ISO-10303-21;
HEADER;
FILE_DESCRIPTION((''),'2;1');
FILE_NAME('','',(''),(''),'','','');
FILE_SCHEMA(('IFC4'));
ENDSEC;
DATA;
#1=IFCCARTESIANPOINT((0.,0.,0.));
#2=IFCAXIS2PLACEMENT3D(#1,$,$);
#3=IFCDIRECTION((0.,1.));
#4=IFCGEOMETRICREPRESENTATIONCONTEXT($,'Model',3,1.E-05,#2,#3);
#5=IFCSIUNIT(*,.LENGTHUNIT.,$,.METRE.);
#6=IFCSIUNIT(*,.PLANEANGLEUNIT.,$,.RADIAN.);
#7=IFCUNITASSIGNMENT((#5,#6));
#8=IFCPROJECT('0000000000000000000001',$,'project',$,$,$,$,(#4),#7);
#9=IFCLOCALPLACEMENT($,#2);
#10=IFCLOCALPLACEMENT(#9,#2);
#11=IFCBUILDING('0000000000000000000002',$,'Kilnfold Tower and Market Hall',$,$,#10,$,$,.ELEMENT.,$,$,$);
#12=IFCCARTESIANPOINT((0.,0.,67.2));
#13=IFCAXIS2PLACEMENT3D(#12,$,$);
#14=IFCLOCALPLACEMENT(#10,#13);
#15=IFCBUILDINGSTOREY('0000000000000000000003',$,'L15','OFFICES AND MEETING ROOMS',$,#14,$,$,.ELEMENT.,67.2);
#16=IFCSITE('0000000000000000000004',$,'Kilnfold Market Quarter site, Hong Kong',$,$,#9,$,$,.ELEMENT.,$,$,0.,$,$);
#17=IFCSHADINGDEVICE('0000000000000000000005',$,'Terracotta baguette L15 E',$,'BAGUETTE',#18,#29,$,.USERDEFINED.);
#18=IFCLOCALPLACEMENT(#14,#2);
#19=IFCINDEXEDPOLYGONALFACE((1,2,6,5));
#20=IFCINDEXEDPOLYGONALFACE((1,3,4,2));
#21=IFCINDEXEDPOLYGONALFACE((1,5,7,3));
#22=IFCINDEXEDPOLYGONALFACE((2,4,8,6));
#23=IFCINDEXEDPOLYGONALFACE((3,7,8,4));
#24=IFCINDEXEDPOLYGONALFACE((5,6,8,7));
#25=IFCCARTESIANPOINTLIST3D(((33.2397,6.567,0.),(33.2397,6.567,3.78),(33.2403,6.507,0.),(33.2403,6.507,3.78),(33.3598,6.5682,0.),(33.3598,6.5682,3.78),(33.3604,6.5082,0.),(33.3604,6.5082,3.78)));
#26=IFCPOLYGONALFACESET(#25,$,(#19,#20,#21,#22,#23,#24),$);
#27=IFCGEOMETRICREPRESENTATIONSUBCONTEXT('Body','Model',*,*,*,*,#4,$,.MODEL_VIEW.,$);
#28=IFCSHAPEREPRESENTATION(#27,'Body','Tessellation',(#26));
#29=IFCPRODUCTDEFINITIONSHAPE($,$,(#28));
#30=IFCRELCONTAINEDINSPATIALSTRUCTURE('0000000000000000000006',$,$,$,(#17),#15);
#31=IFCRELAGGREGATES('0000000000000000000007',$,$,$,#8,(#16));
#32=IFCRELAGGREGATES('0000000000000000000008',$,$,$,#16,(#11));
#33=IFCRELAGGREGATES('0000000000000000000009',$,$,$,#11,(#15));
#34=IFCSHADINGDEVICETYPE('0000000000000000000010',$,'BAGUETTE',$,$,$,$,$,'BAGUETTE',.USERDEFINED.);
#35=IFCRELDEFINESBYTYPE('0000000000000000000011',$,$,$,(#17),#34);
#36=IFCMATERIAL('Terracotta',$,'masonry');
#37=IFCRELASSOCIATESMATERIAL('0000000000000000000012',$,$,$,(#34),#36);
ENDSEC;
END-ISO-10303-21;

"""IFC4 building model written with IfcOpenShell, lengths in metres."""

from ifc_helpers import new_model, si_unit, direction, frame, origin, origin_2d, place, context, subcontext, project, spatial, rectangle, extrude, source, transform, mapped, material, material_profile, profile_set, type_object, element, save


model = new_model("IFC4")

# Units and contexts
model_context = context("Model", 3, precision=1e-05, world=origin(), true_north=direction((0.0, 1.0)))
body_context = subcontext(model_context, "Body", "Model", "MODEL_VIEW")
ifc_project = project(units=[si_unit("LENGTHUNIT", "METRE"), si_unit("PLANEANGLEUNIT", "RADIAN")], contexts=[model_context])

# Site, building, storey
site_placement = place(None, origin())
site = spatial("IfcSite", under=ifc_project, at=site_placement, Name="Kilnfold Market Quarter site, Hong Kong", CompositionType="ELEMENT", RefElevation=0.0)
building_placement = place(site_placement, origin())
building = spatial("IfcBuilding", under=site, at=building_placement, Name="Kilnfold Tower and Market Hall", CompositionType="ELEMENT")
storey_placement = place(building_placement, frame((0.0, 0.0, 67.2)))
storey = spatial("IfcBuildingStorey", under=building, at=storey_placement, Name="L15", Description="OFFICES AND MEETING ROOMS", CompositionType="ELEMENT", Elevation=67.2)

# Shading device
ifc_material_1 = material(Name="Terracotta", Category="masonry")
ifc_material_profile_1 = material_profile(ifc_material_1, rectangle(XDim=0.0601, YDim=0.1201, at=origin_2d()), Name="BAG 60x120")
ifc_profile_set_1 = profile_set([ifc_material_profile_1], Name="Terracotta")
shading_device_type = type_object("IfcShadingDeviceType", Name="BAGUETTE", ElementType="BAGUETTE", PredefinedType="USERDEFINED", material=ifc_profile_set_1)
shared_shape_1 = source(origin(), body_context, "Body", "SweptSolid", [
    extrude(rectangle(XDim=0.0601, YDim=0.1201, at=origin_2d()), origin(), (0.0, 0.0, 1.0), 3.78),
])
for number, where, z_axis, x_axis, name in (
    (1, (33.3, 6.5376, 0.0), (0.0, 0.0, 1.0), (-0.010095, 0.999949, 0.0), "Terracotta baguette L15 E"),
):
    element("IfcShadingDevice", number, at=place(storey_placement, frame(where, z_axis=z_axis, x_axis=x_axis)), inside=storey, type_object=shading_device_type, Name=name, ObjectType="BAGUETTE", PredefinedType="USERDEFINED", context=body_context, shape_type="MappedRepresentation", body=[
        mapped(shared_shape_1, transform((0.0, 0.0, 0.0))),
    ])

save(model, "model.ifc")
